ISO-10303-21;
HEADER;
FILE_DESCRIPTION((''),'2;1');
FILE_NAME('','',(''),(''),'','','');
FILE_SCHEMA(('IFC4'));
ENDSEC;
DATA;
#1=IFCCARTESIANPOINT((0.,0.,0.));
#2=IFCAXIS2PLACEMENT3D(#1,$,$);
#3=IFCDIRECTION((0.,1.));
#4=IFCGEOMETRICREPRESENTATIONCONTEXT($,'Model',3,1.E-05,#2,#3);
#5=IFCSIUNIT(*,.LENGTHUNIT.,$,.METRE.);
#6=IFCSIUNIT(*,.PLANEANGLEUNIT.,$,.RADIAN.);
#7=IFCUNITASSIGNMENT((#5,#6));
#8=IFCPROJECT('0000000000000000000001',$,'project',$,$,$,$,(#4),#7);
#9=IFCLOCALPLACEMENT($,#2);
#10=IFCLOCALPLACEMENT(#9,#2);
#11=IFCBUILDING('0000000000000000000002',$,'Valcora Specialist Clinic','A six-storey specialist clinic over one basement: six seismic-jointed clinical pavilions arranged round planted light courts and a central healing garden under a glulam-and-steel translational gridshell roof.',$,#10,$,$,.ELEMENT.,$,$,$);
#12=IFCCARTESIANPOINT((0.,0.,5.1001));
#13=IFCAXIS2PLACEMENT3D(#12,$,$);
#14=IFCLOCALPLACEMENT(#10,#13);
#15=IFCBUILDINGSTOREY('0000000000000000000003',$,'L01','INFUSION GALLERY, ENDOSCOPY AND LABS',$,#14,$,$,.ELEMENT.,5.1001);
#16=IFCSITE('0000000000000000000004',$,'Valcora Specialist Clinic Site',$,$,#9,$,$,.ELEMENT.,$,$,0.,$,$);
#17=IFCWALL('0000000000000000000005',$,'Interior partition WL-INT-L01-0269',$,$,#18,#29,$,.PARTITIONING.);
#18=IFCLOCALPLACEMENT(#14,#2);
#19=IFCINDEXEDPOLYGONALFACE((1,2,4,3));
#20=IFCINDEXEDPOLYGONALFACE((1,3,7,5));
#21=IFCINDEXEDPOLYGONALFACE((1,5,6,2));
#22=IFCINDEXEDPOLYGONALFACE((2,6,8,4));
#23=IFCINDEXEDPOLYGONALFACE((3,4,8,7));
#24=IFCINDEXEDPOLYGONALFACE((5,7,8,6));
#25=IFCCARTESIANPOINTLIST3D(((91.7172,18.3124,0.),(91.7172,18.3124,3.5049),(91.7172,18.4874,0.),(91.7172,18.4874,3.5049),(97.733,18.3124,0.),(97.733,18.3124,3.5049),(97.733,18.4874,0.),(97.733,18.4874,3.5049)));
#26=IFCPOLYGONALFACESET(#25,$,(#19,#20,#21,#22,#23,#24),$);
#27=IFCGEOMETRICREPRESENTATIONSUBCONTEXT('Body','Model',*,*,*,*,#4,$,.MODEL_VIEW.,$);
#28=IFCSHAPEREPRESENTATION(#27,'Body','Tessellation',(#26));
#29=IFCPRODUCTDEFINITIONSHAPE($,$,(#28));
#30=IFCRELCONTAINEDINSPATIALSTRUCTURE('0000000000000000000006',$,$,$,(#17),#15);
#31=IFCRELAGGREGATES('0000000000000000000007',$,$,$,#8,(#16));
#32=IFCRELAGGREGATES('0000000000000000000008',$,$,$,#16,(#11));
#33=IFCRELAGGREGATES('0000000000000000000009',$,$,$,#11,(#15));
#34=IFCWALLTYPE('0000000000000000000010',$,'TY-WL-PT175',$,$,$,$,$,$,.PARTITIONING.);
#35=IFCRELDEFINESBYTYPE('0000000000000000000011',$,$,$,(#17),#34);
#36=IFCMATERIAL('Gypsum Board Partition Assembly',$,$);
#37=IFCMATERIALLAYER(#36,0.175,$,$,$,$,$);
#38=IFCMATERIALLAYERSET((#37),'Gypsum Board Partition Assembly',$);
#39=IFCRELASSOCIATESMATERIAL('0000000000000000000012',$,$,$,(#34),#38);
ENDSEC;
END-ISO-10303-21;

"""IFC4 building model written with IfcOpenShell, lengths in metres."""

from ifc_helpers import new_model, si_unit, direction, frame, frame_2d, origin, place, context, subcontext, project, spatial, rectangle, extrude, material, layer, layer_set, type_object, element, save


model = new_model("IFC4")

# Units and contexts
model_context = context("Model", 3, precision=1e-05, world=origin(), true_north=direction((0.0, 1.0)))
body_context = subcontext(model_context, "Body", "Model", "MODEL_VIEW")
ifc_project = project(units=[si_unit("LENGTHUNIT", "METRE"), si_unit("PLANEANGLEUNIT", "RADIAN")], contexts=[model_context])

# Site, building, storey
site_placement = place(None, origin())
site = spatial("IfcSite", under=ifc_project, at=site_placement, Name="Valcora Specialist Clinic Site", CompositionType="ELEMENT", RefElevation=0.0)
building_placement = place(site_placement, origin())
building = spatial("IfcBuilding", under=site, at=building_placement, Name="Valcora Specialist Clinic", Description="A six-storey specialist clinic over one basement: six seismic-jointed clinical pavilions arranged round planted light courts and a central healing garden under a glulam-and-steel translational gridshell roof.", CompositionType="ELEMENT")
storey_placement = place(building_placement, frame((0.0, 0.0, 5.1001)))
storey = spatial("IfcBuildingStorey", under=building, at=storey_placement, Name="L01", Description="INFUSION GALLERY, ENDOSCOPY AND LABS", CompositionType="ELEMENT", Elevation=5.1001)

# Wall
ifc_material_1 = material(Name="Gypsum Board Partition Assembly")
ifc_layer_1 = layer(ifc_material_1, 0.175)
ifc_layer_set_1 = layer_set([ifc_layer_1], Name="Gypsum Board Partition Assembly")
wall_type_1 = type_object("IfcWallType", Name="TY-WL-PT175", PredefinedType="PARTITIONING", material=ifc_layer_set_1)
wall_1_placement = place(storey_placement, frame((97.7329, 18.3999, 0.0), z_axis=(0.0, 0.0, 1.0), x_axis=(-1.0, 0.0, 0.0)))
element("IfcWall", 1, at=wall_1_placement, inside=storey, type_object=wall_type_1, Name="Interior partition WL-INT-L01-0269", PredefinedType="PARTITIONING", context=body_context, shape_type="SweptSolid", body=[
    extrude(rectangle(XDim=6.0159, YDim=0.175, at=frame_2d((3.0078, 0.0))), origin(), (0.0, 0.0, 1.0), 3.5049),
])

save(model, "model.ifc")
